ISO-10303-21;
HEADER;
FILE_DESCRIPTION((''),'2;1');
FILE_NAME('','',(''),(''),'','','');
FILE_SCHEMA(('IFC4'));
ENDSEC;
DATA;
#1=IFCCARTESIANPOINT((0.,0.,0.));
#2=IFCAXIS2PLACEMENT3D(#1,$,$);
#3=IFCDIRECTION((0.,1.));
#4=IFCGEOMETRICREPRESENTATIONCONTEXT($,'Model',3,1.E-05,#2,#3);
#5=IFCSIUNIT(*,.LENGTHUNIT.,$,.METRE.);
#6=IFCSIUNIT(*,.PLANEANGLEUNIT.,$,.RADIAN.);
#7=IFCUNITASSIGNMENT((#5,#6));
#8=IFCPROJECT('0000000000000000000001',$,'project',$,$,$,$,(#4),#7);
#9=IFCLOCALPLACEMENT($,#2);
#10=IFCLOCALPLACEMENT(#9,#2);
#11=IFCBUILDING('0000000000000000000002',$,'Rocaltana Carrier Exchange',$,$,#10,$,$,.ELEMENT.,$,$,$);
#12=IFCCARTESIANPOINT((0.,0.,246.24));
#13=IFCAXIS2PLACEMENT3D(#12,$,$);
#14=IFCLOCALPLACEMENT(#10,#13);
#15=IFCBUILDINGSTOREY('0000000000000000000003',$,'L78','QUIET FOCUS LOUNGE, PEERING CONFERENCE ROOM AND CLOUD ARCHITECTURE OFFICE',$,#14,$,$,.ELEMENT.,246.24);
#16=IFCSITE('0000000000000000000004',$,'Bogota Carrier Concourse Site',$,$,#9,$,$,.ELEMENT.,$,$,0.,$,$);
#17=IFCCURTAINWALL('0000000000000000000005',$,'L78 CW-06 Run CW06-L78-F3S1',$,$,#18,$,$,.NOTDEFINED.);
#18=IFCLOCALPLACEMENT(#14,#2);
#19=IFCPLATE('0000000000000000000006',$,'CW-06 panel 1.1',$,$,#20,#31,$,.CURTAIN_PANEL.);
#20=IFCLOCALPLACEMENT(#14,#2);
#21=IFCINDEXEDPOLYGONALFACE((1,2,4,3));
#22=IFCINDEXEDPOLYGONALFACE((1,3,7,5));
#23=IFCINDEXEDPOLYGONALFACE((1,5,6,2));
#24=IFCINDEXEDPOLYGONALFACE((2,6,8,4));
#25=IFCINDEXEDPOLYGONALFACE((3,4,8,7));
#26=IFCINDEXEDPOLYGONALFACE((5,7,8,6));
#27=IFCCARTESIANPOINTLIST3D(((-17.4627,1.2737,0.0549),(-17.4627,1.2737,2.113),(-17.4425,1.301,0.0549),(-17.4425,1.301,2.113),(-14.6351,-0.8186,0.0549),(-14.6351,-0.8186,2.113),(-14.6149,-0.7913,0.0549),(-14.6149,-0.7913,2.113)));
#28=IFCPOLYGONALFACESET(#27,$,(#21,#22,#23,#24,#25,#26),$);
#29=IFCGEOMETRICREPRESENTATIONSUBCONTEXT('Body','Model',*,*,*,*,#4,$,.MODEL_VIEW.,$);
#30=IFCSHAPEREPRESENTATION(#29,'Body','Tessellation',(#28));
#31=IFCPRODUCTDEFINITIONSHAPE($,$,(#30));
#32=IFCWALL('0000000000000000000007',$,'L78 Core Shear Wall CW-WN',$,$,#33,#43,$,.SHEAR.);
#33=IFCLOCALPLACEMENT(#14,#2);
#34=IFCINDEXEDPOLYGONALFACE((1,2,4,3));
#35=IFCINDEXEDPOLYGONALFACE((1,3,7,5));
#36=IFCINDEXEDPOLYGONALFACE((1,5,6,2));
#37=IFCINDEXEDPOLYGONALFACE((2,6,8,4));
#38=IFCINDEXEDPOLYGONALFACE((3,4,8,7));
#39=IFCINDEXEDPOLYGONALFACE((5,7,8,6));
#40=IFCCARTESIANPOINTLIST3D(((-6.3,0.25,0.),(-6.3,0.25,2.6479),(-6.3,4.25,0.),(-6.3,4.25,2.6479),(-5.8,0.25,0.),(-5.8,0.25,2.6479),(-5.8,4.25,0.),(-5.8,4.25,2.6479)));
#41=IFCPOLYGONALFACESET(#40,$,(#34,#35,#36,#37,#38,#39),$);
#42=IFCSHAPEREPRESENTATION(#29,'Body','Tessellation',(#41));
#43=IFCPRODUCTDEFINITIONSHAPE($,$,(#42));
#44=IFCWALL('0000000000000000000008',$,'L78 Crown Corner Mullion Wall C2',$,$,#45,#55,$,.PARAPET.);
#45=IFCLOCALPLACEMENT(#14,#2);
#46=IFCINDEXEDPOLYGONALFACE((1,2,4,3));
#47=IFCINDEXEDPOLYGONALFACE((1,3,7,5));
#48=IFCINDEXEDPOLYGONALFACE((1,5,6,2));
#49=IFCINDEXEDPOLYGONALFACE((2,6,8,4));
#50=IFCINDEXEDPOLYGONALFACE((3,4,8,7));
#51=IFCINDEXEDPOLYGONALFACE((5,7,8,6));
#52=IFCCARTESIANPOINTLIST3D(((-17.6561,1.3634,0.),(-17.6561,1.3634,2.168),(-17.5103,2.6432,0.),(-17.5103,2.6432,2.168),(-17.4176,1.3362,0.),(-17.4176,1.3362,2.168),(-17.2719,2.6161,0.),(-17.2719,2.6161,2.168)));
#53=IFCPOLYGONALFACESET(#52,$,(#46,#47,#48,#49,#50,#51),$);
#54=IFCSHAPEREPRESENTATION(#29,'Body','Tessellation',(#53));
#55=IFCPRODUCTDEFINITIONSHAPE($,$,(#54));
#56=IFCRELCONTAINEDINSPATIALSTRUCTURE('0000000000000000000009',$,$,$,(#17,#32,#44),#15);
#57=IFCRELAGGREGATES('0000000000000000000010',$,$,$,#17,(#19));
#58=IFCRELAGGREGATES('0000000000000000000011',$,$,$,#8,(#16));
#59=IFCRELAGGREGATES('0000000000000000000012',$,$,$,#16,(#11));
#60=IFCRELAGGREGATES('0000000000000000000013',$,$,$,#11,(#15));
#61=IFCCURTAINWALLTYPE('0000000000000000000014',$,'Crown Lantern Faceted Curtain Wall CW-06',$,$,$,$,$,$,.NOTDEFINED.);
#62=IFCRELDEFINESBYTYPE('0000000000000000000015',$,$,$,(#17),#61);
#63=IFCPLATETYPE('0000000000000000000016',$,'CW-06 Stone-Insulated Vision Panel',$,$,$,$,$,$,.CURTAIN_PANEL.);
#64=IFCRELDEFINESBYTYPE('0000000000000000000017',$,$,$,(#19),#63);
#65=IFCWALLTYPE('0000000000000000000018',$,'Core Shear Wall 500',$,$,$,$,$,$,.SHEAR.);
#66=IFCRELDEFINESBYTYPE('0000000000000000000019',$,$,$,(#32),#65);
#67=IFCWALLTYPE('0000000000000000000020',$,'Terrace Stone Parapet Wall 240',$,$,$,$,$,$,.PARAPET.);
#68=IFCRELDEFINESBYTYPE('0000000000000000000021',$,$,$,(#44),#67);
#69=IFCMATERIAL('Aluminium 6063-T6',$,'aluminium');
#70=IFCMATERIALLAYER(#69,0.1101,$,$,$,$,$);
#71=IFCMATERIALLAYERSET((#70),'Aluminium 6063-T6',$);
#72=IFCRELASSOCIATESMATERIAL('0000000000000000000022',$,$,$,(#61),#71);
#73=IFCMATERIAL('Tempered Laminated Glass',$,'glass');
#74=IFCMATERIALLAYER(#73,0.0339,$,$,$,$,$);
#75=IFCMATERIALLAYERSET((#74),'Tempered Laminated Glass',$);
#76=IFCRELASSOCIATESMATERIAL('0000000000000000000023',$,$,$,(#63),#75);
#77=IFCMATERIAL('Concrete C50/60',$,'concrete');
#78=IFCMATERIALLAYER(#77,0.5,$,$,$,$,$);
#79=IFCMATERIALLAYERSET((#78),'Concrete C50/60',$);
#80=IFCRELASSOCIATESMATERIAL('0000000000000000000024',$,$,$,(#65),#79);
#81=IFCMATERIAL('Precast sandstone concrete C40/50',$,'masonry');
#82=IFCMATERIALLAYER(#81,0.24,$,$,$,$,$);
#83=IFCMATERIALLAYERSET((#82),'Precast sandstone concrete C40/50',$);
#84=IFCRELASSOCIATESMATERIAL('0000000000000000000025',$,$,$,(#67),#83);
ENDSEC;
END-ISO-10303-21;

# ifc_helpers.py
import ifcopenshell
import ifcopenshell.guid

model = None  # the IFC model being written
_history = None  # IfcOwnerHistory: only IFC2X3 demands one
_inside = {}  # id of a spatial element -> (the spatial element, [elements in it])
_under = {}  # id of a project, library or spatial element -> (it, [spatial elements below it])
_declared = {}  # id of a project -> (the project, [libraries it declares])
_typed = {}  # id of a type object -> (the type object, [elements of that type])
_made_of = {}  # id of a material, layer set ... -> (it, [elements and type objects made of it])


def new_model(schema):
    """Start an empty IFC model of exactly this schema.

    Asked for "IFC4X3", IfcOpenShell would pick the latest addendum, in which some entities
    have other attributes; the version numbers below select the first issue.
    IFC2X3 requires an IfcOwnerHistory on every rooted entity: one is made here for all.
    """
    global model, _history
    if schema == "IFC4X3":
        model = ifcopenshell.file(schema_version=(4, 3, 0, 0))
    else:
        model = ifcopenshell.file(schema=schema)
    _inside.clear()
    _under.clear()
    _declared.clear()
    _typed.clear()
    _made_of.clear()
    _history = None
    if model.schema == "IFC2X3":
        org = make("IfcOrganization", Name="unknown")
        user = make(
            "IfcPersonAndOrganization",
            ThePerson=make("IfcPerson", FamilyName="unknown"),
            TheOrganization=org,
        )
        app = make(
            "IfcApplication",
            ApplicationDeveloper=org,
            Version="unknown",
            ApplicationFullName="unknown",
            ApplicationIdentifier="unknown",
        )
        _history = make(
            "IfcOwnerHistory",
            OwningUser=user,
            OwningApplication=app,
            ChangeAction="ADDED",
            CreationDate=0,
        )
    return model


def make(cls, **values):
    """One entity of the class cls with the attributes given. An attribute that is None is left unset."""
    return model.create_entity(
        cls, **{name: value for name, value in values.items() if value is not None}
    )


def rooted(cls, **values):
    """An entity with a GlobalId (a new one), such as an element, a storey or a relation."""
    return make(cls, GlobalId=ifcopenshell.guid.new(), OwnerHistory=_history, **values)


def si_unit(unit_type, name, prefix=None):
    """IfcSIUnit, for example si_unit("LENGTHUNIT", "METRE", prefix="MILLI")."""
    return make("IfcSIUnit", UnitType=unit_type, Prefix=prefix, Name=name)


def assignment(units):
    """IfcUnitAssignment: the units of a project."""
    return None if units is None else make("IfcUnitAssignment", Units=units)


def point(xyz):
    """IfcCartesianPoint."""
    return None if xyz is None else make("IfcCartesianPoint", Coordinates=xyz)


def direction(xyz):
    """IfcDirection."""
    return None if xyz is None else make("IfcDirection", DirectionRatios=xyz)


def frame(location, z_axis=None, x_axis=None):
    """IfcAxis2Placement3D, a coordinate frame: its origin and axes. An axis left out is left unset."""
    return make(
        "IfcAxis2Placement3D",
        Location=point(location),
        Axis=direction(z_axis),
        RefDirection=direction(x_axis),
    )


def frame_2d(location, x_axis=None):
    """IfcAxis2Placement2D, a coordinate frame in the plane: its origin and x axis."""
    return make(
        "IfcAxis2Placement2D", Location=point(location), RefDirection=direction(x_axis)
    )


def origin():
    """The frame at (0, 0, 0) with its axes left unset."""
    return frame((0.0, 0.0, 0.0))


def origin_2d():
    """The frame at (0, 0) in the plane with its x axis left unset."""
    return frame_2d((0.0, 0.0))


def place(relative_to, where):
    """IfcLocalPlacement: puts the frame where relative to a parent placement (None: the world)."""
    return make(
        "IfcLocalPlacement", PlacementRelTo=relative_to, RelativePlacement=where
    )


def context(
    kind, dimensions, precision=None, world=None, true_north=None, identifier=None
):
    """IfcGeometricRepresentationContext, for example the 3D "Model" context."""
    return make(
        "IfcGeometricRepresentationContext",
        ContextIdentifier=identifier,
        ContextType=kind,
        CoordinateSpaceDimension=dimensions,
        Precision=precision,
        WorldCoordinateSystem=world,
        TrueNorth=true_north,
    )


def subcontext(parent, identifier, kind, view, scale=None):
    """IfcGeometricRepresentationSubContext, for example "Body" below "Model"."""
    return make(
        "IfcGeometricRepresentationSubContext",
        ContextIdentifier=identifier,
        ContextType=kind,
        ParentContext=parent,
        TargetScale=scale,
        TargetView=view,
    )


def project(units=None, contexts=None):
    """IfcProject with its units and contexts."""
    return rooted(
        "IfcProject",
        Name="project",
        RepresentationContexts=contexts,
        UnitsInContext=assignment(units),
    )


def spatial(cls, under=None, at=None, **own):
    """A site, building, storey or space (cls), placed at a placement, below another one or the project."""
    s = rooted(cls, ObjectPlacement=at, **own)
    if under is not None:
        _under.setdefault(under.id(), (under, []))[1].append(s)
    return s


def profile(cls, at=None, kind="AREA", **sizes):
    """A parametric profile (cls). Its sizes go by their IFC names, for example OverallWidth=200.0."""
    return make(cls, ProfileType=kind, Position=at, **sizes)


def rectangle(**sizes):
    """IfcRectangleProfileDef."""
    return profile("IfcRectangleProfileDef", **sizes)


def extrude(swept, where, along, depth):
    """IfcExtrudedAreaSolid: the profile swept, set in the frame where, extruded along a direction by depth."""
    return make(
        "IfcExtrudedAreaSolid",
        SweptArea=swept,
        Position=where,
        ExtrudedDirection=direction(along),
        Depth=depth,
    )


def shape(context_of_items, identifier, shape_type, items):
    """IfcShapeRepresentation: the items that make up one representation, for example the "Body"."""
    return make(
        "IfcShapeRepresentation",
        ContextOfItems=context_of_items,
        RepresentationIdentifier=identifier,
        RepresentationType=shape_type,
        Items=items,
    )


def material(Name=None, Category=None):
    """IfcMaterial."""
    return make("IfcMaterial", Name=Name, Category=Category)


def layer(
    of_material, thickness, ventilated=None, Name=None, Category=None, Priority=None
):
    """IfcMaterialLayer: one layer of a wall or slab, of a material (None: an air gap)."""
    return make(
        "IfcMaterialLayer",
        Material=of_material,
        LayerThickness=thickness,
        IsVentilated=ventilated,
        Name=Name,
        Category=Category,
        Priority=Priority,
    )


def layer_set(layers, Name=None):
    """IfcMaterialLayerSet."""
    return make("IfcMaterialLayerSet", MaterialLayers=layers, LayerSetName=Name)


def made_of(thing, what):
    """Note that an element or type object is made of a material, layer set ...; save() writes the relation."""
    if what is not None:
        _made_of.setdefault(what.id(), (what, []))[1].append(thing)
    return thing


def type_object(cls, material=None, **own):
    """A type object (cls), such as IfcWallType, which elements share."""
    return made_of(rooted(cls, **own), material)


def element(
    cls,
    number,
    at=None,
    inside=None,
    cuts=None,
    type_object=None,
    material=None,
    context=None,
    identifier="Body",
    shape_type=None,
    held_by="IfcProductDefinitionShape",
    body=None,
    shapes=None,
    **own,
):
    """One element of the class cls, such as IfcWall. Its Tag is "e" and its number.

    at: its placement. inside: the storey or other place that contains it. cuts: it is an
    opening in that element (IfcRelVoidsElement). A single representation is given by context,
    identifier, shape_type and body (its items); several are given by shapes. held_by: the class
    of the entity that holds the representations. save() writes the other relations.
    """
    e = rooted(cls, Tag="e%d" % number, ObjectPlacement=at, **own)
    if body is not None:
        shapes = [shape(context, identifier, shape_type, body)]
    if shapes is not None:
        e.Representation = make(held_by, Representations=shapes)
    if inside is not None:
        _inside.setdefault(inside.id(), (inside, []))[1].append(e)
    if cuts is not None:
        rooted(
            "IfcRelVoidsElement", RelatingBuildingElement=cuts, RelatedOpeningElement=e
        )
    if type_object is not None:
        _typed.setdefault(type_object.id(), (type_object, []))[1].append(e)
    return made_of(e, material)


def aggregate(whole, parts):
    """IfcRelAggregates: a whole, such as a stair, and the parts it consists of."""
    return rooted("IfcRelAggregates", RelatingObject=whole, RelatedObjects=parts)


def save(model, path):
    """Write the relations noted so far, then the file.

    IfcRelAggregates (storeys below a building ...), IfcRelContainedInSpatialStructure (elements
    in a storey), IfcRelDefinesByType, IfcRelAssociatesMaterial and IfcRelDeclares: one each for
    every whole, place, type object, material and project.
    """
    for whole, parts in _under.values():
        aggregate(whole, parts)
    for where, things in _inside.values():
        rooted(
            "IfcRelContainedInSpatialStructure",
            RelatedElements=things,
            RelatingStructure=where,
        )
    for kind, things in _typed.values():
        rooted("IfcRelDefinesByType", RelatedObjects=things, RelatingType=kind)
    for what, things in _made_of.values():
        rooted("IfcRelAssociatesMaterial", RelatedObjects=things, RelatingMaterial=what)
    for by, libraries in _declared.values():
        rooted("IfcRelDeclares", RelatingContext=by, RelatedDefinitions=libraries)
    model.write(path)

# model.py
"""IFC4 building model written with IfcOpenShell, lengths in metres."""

from ifc_helpers import new_model, si_unit, direction, frame, frame_2d, origin, origin_2d, place, context, subcontext, project, spatial, rectangle, extrude, material, layer, layer_set, type_object, element, aggregate, save


model = new_model("IFC4")

# Units and contexts
model_context = context("Model", 3, precision=1e-05, world=origin(), true_north=direction((0.0, 1.0)))
body_context = subcontext(model_context, "Body", "Model", "MODEL_VIEW")
ifc_project = project(units=[si_unit("LENGTHUNIT", "METRE"), si_unit("PLANEANGLEUNIT", "RADIAN")], contexts=[model_context])

# Site, building, storey
site_placement = place(None, origin())
site = spatial("IfcSite", under=ifc_project, at=site_placement, Name="Bogota Carrier Concourse Site", CompositionType="ELEMENT", RefElevation=0.0)
building_placement = place(site_placement, origin())
building = spatial("IfcBuilding", under=site, at=building_placement, Name="Rocaltana Carrier Exchange", CompositionType="ELEMENT")
storey_placement = place(building_placement, frame((0.0, 0.0, 246.24)))
storey = spatial("IfcBuildingStorey", under=building, at=storey_placement, Name="L78", Description="QUIET FOCUS LOUNGE, PEERING CONFERENCE ROOM AND CLOUD ARCHITECTURE OFFICE", CompositionType="ELEMENT", Elevation=246.24)

# Shared definitions
ifc_material_1 = material(Name="Aluminium 6063-T6", Category="aluminium")
ifc_layer_1 = layer(ifc_material_1, 0.1101)
ifc_layer_set_1 = layer_set([ifc_layer_1], Name="Aluminium 6063-T6")
curtain_wall_type = type_object("IfcCurtainWallType", Name="Crown Lantern Faceted Curtain Wall CW-06", PredefinedType="NOTDEFINED", material=ifc_layer_set_1)

# Curtain wall
curtain_wall_1_placement = place(storey_placement, origin())
curtain_wall_1 = element("IfcCurtainWall", 1, at=curtain_wall_1_placement, inside=storey, type_object=curtain_wall_type, Name="L78 CW-06 Run CW06-L78-F3S1", PredefinedType="NOTDEFINED")

# Plate
ifc_material_2 = material(Name="Tempered Laminated Glass", Category="glass")
ifc_layer_2 = layer(ifc_material_2, 0.0339)
ifc_layer_set_2 = layer_set([ifc_layer_2], Name="Tempered Laminated Glass")
plate_type = type_object("IfcPlateType", Name="CW-06 Stone-Insulated Vision Panel", PredefinedType="CURTAIN_PANEL", material=ifc_layer_set_2)
plate_1_placement = place(storey_placement, frame((-16.0388, 0.2412, 0.0549), z_axis=(0.0, 0.0, 1.0), x_axis=(0.80386, -0.594819, 0.0)))
plate_1 = element("IfcPlate", 2, at=plate_1_placement, type_object=plate_type, Name="CW-06 panel 1.1", PredefinedType="CURTAIN_PANEL", context=body_context, shape_type="SweptSolid", body=[
    extrude(rectangle(XDim=3.5176, YDim=0.0339, at=origin_2d()), origin(), (0.0, 0.0, 1.0), 2.0581),
])
aggregate(curtain_wall_1, [plate_1])

# Walls
ifc_material_3 = material(Name="Concrete C50/60", Category="concrete")
ifc_layer_3 = layer(ifc_material_3, 0.5)
ifc_layer_set_3 = layer_set([ifc_layer_3], Name="Concrete C50/60")
wall_type_1 = type_object("IfcWallType", Name="Core Shear Wall 500", PredefinedType="SHEAR", material=ifc_layer_set_3)
wall_1_placement = place(storey_placement, frame((-6.05, 0.25, 0.0), z_axis=(0.0, 0.0, 1.0), x_axis=(0.0, 1.0, 0.0)))
element("IfcWall", 3, at=wall_1_placement, inside=storey, type_object=wall_type_1, Name="L78 Core Shear Wall CW-WN", PredefinedType="SHEAR", context=body_context, shape_type="SweptSolid", body=[
    extrude(rectangle(XDim=4.0, YDim=0.5, at=frame_2d((2.0, 0.0))), origin(), (0.0, 0.0, 1.0), 2.6479),
])
ifc_material_4 = material(Name="Precast sandstone concrete C40/50", Category="masonry")
ifc_layer_4 = layer(ifc_material_4, 0.24)
ifc_layer_set_4 = layer_set([ifc_layer_4], Name="Precast sandstone concrete C40/50")
wall_type_2 = type_object("IfcWallType", Name="Terrace Stone Parapet Wall 240", PredefinedType="PARAPET", material=ifc_layer_set_4)
wall_2_placement = place(storey_placement, frame((-17.3911, 2.6296, 0.0), z_axis=(0.0, 0.0, 1.0), x_axis=(-0.113156, -0.993577, 0.0)))
element("IfcWall", 4, at=wall_2_placement, inside=storey, type_object=wall_type_2, Name="L78 Crown Corner Mullion Wall C2", PredefinedType="PARAPET", context=body_context, shape_type="SweptSolid", body=[
    extrude(rectangle(XDim=1.2881, YDim=0.24, at=frame_2d((0.644, 0.0))), origin(), (0.0, 0.0, 1.0), 2.168),
])

save(model, "model.ifc")
